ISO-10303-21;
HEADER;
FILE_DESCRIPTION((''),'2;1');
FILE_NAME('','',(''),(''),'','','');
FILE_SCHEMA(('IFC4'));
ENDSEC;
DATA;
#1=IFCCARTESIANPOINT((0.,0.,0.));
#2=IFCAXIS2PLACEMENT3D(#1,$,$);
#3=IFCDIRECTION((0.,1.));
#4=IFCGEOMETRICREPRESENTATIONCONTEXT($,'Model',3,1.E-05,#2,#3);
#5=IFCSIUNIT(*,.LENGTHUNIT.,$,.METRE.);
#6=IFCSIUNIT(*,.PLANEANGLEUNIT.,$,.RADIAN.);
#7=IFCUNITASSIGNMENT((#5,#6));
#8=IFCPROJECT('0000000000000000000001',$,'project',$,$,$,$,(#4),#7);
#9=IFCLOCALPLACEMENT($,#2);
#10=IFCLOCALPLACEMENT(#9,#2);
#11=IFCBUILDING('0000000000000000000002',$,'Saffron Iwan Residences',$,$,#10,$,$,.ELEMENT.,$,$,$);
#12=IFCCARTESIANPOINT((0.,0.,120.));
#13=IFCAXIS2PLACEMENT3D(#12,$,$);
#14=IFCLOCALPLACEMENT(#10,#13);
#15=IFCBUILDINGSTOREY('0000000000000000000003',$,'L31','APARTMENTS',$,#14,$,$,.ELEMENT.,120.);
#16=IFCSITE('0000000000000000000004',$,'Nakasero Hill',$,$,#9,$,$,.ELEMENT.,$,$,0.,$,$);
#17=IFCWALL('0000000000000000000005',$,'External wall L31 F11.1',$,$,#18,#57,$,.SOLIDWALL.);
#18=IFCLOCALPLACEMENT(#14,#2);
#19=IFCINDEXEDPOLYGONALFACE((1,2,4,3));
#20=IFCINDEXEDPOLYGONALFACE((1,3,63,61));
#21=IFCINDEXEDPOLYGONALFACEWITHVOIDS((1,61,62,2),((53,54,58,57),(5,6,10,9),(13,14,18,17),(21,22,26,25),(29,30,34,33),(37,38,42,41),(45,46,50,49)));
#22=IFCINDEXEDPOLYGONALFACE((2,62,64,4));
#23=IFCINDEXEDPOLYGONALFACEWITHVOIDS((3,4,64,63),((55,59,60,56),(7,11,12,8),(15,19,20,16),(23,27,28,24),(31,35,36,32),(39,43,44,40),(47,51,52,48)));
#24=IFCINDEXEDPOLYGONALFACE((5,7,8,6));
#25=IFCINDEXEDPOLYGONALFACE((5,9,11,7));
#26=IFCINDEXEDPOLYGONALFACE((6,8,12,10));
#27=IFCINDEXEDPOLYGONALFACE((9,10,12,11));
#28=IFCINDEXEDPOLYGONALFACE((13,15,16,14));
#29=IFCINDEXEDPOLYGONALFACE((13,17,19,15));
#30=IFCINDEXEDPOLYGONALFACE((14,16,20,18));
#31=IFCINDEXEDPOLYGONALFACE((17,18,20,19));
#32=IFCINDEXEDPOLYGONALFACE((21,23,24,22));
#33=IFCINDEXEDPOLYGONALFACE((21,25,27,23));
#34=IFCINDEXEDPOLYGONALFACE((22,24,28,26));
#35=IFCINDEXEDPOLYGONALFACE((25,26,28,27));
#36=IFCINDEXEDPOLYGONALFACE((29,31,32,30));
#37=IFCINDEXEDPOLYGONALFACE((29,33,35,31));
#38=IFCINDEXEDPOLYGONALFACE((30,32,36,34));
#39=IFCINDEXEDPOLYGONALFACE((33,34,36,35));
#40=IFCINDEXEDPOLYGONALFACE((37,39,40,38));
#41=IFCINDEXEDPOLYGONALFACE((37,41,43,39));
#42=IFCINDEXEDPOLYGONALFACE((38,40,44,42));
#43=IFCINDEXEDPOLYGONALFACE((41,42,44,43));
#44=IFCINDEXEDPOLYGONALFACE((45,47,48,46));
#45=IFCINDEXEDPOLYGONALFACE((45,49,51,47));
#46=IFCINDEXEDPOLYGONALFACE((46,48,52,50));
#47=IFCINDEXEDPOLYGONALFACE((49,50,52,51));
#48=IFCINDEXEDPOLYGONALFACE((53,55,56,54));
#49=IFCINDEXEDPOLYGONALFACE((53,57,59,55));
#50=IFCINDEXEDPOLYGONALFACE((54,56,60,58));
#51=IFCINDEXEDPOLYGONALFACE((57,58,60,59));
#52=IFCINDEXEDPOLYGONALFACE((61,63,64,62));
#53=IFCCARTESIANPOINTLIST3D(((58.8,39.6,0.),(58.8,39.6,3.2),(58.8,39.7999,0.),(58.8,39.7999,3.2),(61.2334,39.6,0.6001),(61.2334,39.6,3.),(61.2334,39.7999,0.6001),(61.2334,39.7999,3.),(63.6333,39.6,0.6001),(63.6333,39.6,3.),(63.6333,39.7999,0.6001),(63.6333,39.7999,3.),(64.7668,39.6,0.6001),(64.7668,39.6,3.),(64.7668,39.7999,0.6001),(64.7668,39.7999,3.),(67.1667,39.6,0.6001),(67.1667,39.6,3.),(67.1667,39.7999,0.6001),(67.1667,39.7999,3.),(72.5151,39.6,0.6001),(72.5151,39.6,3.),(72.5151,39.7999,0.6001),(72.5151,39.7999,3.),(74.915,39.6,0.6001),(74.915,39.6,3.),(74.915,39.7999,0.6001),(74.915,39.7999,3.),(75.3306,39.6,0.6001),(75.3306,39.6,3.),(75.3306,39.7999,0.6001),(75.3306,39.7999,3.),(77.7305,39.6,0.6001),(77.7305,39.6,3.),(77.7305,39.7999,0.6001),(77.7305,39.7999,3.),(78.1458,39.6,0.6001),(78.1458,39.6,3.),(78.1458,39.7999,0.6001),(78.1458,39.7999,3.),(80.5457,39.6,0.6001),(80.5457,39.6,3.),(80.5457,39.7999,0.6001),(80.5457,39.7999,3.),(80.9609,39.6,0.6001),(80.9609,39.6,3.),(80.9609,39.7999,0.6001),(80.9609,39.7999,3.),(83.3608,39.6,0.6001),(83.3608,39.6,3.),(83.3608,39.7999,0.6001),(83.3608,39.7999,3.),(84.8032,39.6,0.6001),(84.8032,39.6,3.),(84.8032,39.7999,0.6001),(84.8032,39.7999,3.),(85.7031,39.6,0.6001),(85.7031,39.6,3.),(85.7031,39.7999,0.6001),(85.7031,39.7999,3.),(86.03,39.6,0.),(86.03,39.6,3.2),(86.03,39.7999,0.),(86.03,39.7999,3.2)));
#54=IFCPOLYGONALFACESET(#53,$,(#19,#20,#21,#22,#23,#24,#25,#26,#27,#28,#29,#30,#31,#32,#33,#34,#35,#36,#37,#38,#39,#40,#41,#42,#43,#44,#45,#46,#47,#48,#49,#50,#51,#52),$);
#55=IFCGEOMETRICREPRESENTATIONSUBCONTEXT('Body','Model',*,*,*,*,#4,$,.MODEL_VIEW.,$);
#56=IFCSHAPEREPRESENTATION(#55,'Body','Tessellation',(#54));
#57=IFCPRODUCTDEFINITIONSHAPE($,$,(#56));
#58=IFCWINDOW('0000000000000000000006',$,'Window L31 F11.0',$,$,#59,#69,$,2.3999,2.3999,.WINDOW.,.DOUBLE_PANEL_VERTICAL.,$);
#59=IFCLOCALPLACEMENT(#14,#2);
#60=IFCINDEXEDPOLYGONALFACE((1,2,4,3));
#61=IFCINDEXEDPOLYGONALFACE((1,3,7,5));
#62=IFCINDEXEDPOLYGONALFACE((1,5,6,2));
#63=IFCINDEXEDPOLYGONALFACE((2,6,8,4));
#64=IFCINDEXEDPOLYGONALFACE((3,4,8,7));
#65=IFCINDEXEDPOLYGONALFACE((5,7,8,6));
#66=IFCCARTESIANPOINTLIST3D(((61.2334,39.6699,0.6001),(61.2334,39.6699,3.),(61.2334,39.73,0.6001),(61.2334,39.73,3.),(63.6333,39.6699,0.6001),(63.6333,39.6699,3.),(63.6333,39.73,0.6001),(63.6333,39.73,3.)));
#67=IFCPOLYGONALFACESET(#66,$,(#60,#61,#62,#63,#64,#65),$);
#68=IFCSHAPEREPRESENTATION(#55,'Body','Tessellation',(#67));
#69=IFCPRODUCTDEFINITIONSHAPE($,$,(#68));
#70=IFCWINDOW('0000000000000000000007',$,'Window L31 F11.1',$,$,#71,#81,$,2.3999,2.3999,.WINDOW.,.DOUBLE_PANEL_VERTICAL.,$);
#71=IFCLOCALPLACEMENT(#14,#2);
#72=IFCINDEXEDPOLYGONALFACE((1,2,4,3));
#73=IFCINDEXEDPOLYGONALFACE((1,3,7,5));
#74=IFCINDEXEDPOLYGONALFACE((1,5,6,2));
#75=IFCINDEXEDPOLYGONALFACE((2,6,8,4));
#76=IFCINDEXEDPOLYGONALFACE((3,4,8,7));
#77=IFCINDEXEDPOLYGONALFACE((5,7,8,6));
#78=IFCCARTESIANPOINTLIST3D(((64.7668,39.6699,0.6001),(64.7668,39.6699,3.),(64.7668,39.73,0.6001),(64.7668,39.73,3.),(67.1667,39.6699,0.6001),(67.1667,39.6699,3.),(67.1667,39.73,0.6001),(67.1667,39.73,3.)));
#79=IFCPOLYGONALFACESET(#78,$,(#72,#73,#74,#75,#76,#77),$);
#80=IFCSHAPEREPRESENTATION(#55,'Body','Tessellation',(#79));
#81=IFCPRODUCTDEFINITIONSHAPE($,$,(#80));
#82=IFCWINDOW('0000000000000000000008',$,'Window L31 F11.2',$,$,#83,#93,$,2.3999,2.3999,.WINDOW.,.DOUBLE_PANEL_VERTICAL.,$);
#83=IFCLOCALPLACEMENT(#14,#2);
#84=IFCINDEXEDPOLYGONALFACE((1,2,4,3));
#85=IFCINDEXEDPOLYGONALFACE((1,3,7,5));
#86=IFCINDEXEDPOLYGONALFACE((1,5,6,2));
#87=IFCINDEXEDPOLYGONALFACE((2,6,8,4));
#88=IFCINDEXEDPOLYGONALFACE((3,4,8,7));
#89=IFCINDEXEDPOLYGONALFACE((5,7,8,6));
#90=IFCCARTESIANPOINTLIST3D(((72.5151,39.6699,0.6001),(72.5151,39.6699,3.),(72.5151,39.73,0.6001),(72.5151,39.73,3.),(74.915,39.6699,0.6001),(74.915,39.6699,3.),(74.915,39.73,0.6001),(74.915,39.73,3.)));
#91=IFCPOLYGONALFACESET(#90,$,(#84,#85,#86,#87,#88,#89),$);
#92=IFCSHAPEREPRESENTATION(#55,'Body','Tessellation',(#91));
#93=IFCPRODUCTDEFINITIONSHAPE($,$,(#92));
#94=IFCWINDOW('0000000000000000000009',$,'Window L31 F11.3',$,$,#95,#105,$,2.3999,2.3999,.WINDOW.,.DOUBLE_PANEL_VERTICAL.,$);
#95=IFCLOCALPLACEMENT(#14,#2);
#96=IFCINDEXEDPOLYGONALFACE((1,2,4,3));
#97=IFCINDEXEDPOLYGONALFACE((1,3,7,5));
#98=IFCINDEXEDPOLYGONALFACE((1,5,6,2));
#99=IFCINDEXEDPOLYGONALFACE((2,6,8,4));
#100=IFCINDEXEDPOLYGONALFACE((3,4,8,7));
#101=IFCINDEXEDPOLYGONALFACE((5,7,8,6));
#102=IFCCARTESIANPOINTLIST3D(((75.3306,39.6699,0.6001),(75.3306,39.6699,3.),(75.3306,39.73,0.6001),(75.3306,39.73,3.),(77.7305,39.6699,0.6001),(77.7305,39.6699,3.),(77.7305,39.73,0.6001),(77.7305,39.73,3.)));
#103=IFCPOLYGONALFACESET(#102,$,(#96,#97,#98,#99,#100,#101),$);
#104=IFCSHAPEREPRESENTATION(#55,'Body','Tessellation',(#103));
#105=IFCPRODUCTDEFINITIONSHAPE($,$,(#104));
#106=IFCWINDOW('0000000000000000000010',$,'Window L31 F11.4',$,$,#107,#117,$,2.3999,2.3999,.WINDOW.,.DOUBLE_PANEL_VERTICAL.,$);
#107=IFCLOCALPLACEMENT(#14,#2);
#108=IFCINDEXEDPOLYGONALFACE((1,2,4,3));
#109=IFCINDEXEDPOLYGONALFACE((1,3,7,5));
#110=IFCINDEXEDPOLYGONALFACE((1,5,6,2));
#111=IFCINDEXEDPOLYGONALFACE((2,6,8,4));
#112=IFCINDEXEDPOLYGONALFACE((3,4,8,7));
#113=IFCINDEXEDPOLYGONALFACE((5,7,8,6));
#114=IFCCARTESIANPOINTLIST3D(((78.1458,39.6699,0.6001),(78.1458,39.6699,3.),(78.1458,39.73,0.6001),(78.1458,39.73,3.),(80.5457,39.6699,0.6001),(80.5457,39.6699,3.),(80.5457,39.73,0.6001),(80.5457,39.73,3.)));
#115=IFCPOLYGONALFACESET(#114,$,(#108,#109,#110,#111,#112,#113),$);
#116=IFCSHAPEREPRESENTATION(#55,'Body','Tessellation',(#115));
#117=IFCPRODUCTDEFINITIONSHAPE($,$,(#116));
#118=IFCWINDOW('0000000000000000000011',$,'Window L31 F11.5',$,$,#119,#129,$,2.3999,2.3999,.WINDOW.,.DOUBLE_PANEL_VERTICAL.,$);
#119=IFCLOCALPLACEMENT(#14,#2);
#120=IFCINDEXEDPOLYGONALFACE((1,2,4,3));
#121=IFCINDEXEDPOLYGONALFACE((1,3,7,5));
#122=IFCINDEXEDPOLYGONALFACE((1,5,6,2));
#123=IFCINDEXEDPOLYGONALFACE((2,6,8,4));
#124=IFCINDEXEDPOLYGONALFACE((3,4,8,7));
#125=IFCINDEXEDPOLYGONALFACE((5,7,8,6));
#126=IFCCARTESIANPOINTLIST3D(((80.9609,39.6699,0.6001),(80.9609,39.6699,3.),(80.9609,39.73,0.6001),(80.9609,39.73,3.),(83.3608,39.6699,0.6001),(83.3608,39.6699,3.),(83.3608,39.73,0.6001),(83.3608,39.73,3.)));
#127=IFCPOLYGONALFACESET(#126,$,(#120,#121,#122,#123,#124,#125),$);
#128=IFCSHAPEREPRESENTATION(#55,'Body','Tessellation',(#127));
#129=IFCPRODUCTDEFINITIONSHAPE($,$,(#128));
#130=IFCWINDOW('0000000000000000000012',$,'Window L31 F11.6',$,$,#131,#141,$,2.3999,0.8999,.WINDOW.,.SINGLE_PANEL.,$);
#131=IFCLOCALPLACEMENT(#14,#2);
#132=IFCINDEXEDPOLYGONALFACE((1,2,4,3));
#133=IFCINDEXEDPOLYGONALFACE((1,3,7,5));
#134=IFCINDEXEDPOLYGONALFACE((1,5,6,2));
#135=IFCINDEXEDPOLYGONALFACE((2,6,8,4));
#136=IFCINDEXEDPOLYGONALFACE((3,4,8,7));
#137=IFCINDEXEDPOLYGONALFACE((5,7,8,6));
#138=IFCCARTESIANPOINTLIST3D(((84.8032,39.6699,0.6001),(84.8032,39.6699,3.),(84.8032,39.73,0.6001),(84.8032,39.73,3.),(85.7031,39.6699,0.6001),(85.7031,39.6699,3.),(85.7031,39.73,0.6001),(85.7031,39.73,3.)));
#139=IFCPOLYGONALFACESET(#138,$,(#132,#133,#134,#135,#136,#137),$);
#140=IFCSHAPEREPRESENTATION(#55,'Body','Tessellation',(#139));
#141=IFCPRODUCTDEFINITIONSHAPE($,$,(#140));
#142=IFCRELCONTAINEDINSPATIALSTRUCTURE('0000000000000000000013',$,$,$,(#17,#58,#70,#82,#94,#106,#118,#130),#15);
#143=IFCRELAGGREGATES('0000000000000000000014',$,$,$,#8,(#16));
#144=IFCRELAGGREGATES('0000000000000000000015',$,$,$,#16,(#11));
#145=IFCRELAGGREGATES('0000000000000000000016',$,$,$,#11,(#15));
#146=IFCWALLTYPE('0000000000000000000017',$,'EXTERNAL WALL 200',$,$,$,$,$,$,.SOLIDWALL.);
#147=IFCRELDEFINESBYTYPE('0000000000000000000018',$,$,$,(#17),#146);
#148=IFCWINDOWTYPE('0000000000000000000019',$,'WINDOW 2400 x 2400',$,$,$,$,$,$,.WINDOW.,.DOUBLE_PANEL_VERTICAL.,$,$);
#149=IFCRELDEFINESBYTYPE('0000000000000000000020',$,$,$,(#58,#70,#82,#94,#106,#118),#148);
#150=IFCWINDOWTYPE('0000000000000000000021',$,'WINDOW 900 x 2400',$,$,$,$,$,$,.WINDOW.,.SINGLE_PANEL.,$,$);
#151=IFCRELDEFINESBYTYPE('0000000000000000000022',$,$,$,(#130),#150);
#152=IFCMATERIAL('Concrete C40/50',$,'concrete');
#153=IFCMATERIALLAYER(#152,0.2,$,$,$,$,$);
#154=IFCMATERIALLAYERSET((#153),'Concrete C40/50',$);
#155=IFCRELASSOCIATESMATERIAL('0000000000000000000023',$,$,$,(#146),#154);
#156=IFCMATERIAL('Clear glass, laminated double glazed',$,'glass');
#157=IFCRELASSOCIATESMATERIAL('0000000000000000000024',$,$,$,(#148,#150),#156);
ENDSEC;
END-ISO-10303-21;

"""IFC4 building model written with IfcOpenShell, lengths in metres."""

from ifc_helpers import new_model, si_unit, direction, frame, frame_2d, origin, place, context, subcontext, project, spatial, rectangle, extrude, material, layer, layer_set, type_object, element, fill, save


model = new_model("IFC4")

# Units and contexts
model_context = context("Model", 3, precision=1e-05, world=origin(), true_north=direction((0.0, 1.0)))
body_context = subcontext(model_context, "Body", "Model", "MODEL_VIEW")
ifc_project = project(units=[si_unit("LENGTHUNIT", "METRE"), si_unit("PLANEANGLEUNIT", "RADIAN")], contexts=[model_context])

# Site, building, storey
site_placement = place(None, origin())
site = spatial("IfcSite", under=ifc_project, at=site_placement, Name="Nakasero Hill", CompositionType="ELEMENT", RefElevation=0.0)
building_placement = place(site_placement, origin())
building = spatial("IfcBuilding", under=site, at=building_placement, Name="Saffron Iwan Residences", CompositionType="ELEMENT")
storey_placement = place(building_placement, frame((0.0, 0.0, 120.0)))
storey = spatial("IfcBuildingStorey", under=building, at=storey_placement, Name="L31", Description="APARTMENTS", CompositionType="ELEMENT", Elevation=120.0)

# Wall, openings, windows
ifc_material_1 = material(Name="Concrete C40/50", Category="concrete")
ifc_layer_1 = layer(ifc_material_1, 0.2)
ifc_layer_set_1 = layer_set([ifc_layer_1], Name="Concrete C40/50")
wall_type_1 = type_object("IfcWallType", Name="EXTERNAL WALL 200", PredefinedType="SOLIDWALL", material=ifc_layer_set_1)
wall_1_placement = place(storey_placement, frame((58.8, 39.7, 0.0), z_axis=(0.0, 0.0, 1.0), x_axis=(1.0, 0.0, 0.0)))
wall_1 = element("IfcWall", 1, at=wall_1_placement, inside=storey, type_object=wall_type_1, Name="External wall L31 F11.1", PredefinedType="SOLIDWALL", context=body_context, shape_type="SweptSolid", body=[
    extrude(rectangle(XDim=27.23, YDim=0.2, at=frame_2d((13.615, 0.0))), origin(), (0.0, 0.0, 1.0), 3.2),
])
opening_1_placement = place(wall_1_placement, frame((2.4333, 0.0, 0.6001)))
opening_1 = element("IfcOpeningElement", 2, at=opening_1_placement, cuts=wall_1, PredefinedType="OPENING", context=body_context, shape_type="SweptSolid", body=[
    extrude(rectangle(XDim=2.3999, YDim=2.3999, at=frame_2d((1.2, 1.2))), frame((0.0, 0.1099, 0.0), z_axis=(0.0, -1.0, 0.0), x_axis=(1.0, 0.0, 0.0)), (0.0, 0.0, 1.0), 0.22),
])
opening_2_placement = place(wall_1_placement, frame((5.9668, 0.0, 0.6001)))
opening_2 = element("IfcOpeningElement", 3, at=opening_2_placement, cuts=wall_1, PredefinedType="OPENING", context=body_context, shape_type="SweptSolid", body=[
    extrude(rectangle(XDim=2.3999, YDim=2.3999, at=frame_2d((1.2, 1.2))), frame((0.0, 0.1099, 0.0), z_axis=(0.0, -1.0, 0.0), x_axis=(1.0, 0.0, 0.0)), (0.0, 0.0, 1.0), 0.22),
])
opening_3_placement = place(wall_1_placement, frame((13.7151, 0.0, 0.6001)))
opening_3 = element("IfcOpeningElement", 4, at=opening_3_placement, cuts=wall_1, PredefinedType="OPENING", context=body_context, shape_type="SweptSolid", body=[
    extrude(rectangle(XDim=2.3999, YDim=2.3999, at=frame_2d((1.2, 1.2))), frame((0.0, 0.1099, 0.0), z_axis=(0.0, -1.0, 0.0), x_axis=(1.0, 0.0, 0.0)), (0.0, 0.0, 1.0), 0.22),
])
opening_4_placement = place(wall_1_placement, frame((16.5305, 0.0, 0.6001)))
opening_4 = element("IfcOpeningElement", 5, at=opening_4_placement, cuts=wall_1, PredefinedType="OPENING", context=body_context, shape_type="SweptSolid", body=[
    extrude(rectangle(XDim=2.3999, YDim=2.3999, at=frame_2d((1.2, 1.2))), frame((0.0, 0.1099, 0.0), z_axis=(0.0, -1.0, 0.0), x_axis=(1.0, 0.0, 0.0)), (0.0, 0.0, 1.0), 0.22),
])
opening_5_placement = place(wall_1_placement, frame((19.3457, 0.0, 0.6001)))
opening_5 = element("IfcOpeningElement", 6, at=opening_5_placement, cuts=wall_1, PredefinedType="OPENING", context=body_context, shape_type="SweptSolid", body=[
    extrude(rectangle(XDim=2.3999, YDim=2.3999, at=frame_2d((1.2, 1.2))), frame((0.0, 0.1099, 0.0), z_axis=(0.0, -1.0, 0.0), x_axis=(1.0, 0.0, 0.0)), (0.0, 0.0, 1.0), 0.22),
])
opening_6_placement = place(wall_1_placement, frame((22.1609, 0.0, 0.6001)))
opening_6 = element("IfcOpeningElement", 7, at=opening_6_placement, cuts=wall_1, PredefinedType="OPENING", context=body_context, shape_type="SweptSolid", body=[
    extrude(rectangle(XDim=2.3999, YDim=2.3999, at=frame_2d((1.2, 1.2))), frame((0.0, 0.1099, 0.0), z_axis=(0.0, -1.0, 0.0), x_axis=(1.0, 0.0, 0.0)), (0.0, 0.0, 1.0), 0.22),
])
opening_7_placement = place(wall_1_placement, frame((26.0032, 0.0, 0.6001)))
opening_7 = element("IfcOpeningElement", 8, at=opening_7_placement, cuts=wall_1, PredefinedType="OPENING", context=body_context, shape_type="SweptSolid", body=[
    extrude(rectangle(XDim=0.8999, YDim=2.3999, at=frame_2d((0.45, 1.2))), frame((0.0, 0.1099, 0.0), z_axis=(0.0, -1.0, 0.0), x_axis=(1.0, 0.0, 0.0)), (0.0, 0.0, 1.0), 0.22),
])
ifc_material_2 = material(Name="Clear glass, laminated double glazed", Category="glass")
window_type_1 = type_object("IfcWindowType", Name="WINDOW 2400 x 2400", PartitioningType="DOUBLE_PANEL_VERTICAL", PredefinedType="WINDOW", material=ifc_material_2)
window_1_placement = place(opening_1_placement, origin())
window_1 = element("IfcWindow", 9, at=window_1_placement, inside=storey, type_object=window_type_1, Name="Window L31 F11.0", OverallHeight=2.3999, OverallWidth=2.3999, PartitioningType="DOUBLE_PANEL_VERTICAL", PredefinedType="WINDOW", context=body_context, shape_type="SweptSolid", body=[
    extrude(rectangle(XDim=2.3999, YDim=2.3999, at=frame_2d((1.2, 1.2))), frame((0.0, 0.03, 0.0), z_axis=(0.0, -1.0, 0.0), x_axis=(1.0, 0.0, 0.0)), (0.0, 0.0, 1.0), 0.0601),
])
fill(opening_1, window_1)
window_2_placement = place(opening_2_placement, origin())
window_2 = element("IfcWindow", 10, at=window_2_placement, inside=storey, type_object=window_type_1, Name="Window L31 F11.1", OverallHeight=2.3999, OverallWidth=2.3999, PartitioningType="DOUBLE_PANEL_VERTICAL", PredefinedType="WINDOW", context=body_context, shape_type="SweptSolid", body=[
    extrude(rectangle(XDim=2.3999, YDim=2.3999, at=frame_2d((1.2, 1.2))), frame((0.0, 0.03, 0.0), z_axis=(0.0, -1.0, 0.0), x_axis=(1.0, 0.0, 0.0)), (0.0, 0.0, 1.0), 0.0601),
])
fill(opening_2, window_2)
window_3_placement = place(opening_3_placement, origin())
window_3 = element("IfcWindow", 11, at=window_3_placement, inside=storey, type_object=window_type_1, Name="Window L31 F11.2", OverallHeight=2.3999, OverallWidth=2.3999, PartitioningType="DOUBLE_PANEL_VERTICAL", PredefinedType="WINDOW", context=body_context, shape_type="SweptSolid", body=[
    extrude(rectangle(XDim=2.3999, YDim=2.3999, at=frame_2d((1.2, 1.2))), frame((0.0, 0.03, 0.0), z_axis=(0.0, -1.0, 0.0), x_axis=(1.0, 0.0, 0.0)), (0.0, 0.0, 1.0), 0.0601),
])
fill(opening_3, window_3)
window_4_placement = place(opening_4_placement, origin())
window_4 = element("IfcWindow", 12, at=window_4_placement, inside=storey, type_object=window_type_1, Name="Window L31 F11.3", OverallHeight=2.3999, OverallWidth=2.3999, PartitioningType="DOUBLE_PANEL_VERTICAL", PredefinedType="WINDOW", context=body_context, shape_type="SweptSolid", body=[
    extrude(rectangle(XDim=2.3999, YDim=2.3999, at=frame_2d((1.2, 1.2))), frame((0.0, 0.03, 0.0), z_axis=(0.0, -1.0, 0.0), x_axis=(1.0, 0.0, 0.0)), (0.0, 0.0, 1.0), 0.0601),
])
fill(opening_4, window_4)
window_5_placement = place(opening_5_placement, origin())
window_5 = element("IfcWindow", 13, at=window_5_placement, inside=storey, type_object=window_type_1, Name="Window L31 F11.4", OverallHeight=2.3999, OverallWidth=2.3999, PartitioningType="DOUBLE_PANEL_VERTICAL", PredefinedType="WINDOW", context=body_context, shape_type="SweptSolid", body=[
    extrude(rectangle(XDim=2.3999, YDim=2.3999, at=frame_2d((1.2, 1.2))), frame((0.0, 0.03, 0.0), z_axis=(0.0, -1.0, 0.0), x_axis=(1.0, 0.0, 0.0)), (0.0, 0.0, 1.0), 0.0601),
])
fill(opening_5, window_5)
window_6_placement = place(opening_6_placement, origin())
window_6 = element("IfcWindow", 14, at=window_6_placement, inside=storey, type_object=window_type_1, Name="Window L31 F11.5", OverallHeight=2.3999, OverallWidth=2.3999, PartitioningType="DOUBLE_PANEL_VERTICAL", PredefinedType="WINDOW", context=body_context, shape_type="SweptSolid", body=[
    extrude(rectangle(XDim=2.3999, YDim=2.3999, at=frame_2d((1.2, 1.2))), frame((0.0, 0.03, 0.0), z_axis=(0.0, -1.0, 0.0), x_axis=(1.0, 0.0, 0.0)), (0.0, 0.0, 1.0), 0.0601),
])
fill(opening_6, window_6)
window_type_2 = type_object("IfcWindowType", Name="WINDOW 900 x 2400", PartitioningType="SINGLE_PANEL", PredefinedType="WINDOW", material=ifc_material_2)
window_7_placement = place(opening_7_placement, origin())
window_7 = element("IfcWindow", 15, at=window_7_placement, inside=storey, type_object=window_type_2, Name="Window L31 F11.6", OverallHeight=2.3999, OverallWidth=0.8999, PartitioningType="SINGLE_PANEL", PredefinedType="WINDOW", context=body_context, shape_type="SweptSolid", body=[
    extrude(rectangle(XDim=0.8999, YDim=2.3999, at=frame_2d((0.45, 1.2))), frame((0.0, 0.03, 0.0), z_axis=(0.0, -1.0, 0.0), x_axis=(1.0, 0.0, 0.0)), (0.0, 0.0, 1.0), 0.0601),
])
fill(opening_7, window_7)

save(model, "model.ifc")
